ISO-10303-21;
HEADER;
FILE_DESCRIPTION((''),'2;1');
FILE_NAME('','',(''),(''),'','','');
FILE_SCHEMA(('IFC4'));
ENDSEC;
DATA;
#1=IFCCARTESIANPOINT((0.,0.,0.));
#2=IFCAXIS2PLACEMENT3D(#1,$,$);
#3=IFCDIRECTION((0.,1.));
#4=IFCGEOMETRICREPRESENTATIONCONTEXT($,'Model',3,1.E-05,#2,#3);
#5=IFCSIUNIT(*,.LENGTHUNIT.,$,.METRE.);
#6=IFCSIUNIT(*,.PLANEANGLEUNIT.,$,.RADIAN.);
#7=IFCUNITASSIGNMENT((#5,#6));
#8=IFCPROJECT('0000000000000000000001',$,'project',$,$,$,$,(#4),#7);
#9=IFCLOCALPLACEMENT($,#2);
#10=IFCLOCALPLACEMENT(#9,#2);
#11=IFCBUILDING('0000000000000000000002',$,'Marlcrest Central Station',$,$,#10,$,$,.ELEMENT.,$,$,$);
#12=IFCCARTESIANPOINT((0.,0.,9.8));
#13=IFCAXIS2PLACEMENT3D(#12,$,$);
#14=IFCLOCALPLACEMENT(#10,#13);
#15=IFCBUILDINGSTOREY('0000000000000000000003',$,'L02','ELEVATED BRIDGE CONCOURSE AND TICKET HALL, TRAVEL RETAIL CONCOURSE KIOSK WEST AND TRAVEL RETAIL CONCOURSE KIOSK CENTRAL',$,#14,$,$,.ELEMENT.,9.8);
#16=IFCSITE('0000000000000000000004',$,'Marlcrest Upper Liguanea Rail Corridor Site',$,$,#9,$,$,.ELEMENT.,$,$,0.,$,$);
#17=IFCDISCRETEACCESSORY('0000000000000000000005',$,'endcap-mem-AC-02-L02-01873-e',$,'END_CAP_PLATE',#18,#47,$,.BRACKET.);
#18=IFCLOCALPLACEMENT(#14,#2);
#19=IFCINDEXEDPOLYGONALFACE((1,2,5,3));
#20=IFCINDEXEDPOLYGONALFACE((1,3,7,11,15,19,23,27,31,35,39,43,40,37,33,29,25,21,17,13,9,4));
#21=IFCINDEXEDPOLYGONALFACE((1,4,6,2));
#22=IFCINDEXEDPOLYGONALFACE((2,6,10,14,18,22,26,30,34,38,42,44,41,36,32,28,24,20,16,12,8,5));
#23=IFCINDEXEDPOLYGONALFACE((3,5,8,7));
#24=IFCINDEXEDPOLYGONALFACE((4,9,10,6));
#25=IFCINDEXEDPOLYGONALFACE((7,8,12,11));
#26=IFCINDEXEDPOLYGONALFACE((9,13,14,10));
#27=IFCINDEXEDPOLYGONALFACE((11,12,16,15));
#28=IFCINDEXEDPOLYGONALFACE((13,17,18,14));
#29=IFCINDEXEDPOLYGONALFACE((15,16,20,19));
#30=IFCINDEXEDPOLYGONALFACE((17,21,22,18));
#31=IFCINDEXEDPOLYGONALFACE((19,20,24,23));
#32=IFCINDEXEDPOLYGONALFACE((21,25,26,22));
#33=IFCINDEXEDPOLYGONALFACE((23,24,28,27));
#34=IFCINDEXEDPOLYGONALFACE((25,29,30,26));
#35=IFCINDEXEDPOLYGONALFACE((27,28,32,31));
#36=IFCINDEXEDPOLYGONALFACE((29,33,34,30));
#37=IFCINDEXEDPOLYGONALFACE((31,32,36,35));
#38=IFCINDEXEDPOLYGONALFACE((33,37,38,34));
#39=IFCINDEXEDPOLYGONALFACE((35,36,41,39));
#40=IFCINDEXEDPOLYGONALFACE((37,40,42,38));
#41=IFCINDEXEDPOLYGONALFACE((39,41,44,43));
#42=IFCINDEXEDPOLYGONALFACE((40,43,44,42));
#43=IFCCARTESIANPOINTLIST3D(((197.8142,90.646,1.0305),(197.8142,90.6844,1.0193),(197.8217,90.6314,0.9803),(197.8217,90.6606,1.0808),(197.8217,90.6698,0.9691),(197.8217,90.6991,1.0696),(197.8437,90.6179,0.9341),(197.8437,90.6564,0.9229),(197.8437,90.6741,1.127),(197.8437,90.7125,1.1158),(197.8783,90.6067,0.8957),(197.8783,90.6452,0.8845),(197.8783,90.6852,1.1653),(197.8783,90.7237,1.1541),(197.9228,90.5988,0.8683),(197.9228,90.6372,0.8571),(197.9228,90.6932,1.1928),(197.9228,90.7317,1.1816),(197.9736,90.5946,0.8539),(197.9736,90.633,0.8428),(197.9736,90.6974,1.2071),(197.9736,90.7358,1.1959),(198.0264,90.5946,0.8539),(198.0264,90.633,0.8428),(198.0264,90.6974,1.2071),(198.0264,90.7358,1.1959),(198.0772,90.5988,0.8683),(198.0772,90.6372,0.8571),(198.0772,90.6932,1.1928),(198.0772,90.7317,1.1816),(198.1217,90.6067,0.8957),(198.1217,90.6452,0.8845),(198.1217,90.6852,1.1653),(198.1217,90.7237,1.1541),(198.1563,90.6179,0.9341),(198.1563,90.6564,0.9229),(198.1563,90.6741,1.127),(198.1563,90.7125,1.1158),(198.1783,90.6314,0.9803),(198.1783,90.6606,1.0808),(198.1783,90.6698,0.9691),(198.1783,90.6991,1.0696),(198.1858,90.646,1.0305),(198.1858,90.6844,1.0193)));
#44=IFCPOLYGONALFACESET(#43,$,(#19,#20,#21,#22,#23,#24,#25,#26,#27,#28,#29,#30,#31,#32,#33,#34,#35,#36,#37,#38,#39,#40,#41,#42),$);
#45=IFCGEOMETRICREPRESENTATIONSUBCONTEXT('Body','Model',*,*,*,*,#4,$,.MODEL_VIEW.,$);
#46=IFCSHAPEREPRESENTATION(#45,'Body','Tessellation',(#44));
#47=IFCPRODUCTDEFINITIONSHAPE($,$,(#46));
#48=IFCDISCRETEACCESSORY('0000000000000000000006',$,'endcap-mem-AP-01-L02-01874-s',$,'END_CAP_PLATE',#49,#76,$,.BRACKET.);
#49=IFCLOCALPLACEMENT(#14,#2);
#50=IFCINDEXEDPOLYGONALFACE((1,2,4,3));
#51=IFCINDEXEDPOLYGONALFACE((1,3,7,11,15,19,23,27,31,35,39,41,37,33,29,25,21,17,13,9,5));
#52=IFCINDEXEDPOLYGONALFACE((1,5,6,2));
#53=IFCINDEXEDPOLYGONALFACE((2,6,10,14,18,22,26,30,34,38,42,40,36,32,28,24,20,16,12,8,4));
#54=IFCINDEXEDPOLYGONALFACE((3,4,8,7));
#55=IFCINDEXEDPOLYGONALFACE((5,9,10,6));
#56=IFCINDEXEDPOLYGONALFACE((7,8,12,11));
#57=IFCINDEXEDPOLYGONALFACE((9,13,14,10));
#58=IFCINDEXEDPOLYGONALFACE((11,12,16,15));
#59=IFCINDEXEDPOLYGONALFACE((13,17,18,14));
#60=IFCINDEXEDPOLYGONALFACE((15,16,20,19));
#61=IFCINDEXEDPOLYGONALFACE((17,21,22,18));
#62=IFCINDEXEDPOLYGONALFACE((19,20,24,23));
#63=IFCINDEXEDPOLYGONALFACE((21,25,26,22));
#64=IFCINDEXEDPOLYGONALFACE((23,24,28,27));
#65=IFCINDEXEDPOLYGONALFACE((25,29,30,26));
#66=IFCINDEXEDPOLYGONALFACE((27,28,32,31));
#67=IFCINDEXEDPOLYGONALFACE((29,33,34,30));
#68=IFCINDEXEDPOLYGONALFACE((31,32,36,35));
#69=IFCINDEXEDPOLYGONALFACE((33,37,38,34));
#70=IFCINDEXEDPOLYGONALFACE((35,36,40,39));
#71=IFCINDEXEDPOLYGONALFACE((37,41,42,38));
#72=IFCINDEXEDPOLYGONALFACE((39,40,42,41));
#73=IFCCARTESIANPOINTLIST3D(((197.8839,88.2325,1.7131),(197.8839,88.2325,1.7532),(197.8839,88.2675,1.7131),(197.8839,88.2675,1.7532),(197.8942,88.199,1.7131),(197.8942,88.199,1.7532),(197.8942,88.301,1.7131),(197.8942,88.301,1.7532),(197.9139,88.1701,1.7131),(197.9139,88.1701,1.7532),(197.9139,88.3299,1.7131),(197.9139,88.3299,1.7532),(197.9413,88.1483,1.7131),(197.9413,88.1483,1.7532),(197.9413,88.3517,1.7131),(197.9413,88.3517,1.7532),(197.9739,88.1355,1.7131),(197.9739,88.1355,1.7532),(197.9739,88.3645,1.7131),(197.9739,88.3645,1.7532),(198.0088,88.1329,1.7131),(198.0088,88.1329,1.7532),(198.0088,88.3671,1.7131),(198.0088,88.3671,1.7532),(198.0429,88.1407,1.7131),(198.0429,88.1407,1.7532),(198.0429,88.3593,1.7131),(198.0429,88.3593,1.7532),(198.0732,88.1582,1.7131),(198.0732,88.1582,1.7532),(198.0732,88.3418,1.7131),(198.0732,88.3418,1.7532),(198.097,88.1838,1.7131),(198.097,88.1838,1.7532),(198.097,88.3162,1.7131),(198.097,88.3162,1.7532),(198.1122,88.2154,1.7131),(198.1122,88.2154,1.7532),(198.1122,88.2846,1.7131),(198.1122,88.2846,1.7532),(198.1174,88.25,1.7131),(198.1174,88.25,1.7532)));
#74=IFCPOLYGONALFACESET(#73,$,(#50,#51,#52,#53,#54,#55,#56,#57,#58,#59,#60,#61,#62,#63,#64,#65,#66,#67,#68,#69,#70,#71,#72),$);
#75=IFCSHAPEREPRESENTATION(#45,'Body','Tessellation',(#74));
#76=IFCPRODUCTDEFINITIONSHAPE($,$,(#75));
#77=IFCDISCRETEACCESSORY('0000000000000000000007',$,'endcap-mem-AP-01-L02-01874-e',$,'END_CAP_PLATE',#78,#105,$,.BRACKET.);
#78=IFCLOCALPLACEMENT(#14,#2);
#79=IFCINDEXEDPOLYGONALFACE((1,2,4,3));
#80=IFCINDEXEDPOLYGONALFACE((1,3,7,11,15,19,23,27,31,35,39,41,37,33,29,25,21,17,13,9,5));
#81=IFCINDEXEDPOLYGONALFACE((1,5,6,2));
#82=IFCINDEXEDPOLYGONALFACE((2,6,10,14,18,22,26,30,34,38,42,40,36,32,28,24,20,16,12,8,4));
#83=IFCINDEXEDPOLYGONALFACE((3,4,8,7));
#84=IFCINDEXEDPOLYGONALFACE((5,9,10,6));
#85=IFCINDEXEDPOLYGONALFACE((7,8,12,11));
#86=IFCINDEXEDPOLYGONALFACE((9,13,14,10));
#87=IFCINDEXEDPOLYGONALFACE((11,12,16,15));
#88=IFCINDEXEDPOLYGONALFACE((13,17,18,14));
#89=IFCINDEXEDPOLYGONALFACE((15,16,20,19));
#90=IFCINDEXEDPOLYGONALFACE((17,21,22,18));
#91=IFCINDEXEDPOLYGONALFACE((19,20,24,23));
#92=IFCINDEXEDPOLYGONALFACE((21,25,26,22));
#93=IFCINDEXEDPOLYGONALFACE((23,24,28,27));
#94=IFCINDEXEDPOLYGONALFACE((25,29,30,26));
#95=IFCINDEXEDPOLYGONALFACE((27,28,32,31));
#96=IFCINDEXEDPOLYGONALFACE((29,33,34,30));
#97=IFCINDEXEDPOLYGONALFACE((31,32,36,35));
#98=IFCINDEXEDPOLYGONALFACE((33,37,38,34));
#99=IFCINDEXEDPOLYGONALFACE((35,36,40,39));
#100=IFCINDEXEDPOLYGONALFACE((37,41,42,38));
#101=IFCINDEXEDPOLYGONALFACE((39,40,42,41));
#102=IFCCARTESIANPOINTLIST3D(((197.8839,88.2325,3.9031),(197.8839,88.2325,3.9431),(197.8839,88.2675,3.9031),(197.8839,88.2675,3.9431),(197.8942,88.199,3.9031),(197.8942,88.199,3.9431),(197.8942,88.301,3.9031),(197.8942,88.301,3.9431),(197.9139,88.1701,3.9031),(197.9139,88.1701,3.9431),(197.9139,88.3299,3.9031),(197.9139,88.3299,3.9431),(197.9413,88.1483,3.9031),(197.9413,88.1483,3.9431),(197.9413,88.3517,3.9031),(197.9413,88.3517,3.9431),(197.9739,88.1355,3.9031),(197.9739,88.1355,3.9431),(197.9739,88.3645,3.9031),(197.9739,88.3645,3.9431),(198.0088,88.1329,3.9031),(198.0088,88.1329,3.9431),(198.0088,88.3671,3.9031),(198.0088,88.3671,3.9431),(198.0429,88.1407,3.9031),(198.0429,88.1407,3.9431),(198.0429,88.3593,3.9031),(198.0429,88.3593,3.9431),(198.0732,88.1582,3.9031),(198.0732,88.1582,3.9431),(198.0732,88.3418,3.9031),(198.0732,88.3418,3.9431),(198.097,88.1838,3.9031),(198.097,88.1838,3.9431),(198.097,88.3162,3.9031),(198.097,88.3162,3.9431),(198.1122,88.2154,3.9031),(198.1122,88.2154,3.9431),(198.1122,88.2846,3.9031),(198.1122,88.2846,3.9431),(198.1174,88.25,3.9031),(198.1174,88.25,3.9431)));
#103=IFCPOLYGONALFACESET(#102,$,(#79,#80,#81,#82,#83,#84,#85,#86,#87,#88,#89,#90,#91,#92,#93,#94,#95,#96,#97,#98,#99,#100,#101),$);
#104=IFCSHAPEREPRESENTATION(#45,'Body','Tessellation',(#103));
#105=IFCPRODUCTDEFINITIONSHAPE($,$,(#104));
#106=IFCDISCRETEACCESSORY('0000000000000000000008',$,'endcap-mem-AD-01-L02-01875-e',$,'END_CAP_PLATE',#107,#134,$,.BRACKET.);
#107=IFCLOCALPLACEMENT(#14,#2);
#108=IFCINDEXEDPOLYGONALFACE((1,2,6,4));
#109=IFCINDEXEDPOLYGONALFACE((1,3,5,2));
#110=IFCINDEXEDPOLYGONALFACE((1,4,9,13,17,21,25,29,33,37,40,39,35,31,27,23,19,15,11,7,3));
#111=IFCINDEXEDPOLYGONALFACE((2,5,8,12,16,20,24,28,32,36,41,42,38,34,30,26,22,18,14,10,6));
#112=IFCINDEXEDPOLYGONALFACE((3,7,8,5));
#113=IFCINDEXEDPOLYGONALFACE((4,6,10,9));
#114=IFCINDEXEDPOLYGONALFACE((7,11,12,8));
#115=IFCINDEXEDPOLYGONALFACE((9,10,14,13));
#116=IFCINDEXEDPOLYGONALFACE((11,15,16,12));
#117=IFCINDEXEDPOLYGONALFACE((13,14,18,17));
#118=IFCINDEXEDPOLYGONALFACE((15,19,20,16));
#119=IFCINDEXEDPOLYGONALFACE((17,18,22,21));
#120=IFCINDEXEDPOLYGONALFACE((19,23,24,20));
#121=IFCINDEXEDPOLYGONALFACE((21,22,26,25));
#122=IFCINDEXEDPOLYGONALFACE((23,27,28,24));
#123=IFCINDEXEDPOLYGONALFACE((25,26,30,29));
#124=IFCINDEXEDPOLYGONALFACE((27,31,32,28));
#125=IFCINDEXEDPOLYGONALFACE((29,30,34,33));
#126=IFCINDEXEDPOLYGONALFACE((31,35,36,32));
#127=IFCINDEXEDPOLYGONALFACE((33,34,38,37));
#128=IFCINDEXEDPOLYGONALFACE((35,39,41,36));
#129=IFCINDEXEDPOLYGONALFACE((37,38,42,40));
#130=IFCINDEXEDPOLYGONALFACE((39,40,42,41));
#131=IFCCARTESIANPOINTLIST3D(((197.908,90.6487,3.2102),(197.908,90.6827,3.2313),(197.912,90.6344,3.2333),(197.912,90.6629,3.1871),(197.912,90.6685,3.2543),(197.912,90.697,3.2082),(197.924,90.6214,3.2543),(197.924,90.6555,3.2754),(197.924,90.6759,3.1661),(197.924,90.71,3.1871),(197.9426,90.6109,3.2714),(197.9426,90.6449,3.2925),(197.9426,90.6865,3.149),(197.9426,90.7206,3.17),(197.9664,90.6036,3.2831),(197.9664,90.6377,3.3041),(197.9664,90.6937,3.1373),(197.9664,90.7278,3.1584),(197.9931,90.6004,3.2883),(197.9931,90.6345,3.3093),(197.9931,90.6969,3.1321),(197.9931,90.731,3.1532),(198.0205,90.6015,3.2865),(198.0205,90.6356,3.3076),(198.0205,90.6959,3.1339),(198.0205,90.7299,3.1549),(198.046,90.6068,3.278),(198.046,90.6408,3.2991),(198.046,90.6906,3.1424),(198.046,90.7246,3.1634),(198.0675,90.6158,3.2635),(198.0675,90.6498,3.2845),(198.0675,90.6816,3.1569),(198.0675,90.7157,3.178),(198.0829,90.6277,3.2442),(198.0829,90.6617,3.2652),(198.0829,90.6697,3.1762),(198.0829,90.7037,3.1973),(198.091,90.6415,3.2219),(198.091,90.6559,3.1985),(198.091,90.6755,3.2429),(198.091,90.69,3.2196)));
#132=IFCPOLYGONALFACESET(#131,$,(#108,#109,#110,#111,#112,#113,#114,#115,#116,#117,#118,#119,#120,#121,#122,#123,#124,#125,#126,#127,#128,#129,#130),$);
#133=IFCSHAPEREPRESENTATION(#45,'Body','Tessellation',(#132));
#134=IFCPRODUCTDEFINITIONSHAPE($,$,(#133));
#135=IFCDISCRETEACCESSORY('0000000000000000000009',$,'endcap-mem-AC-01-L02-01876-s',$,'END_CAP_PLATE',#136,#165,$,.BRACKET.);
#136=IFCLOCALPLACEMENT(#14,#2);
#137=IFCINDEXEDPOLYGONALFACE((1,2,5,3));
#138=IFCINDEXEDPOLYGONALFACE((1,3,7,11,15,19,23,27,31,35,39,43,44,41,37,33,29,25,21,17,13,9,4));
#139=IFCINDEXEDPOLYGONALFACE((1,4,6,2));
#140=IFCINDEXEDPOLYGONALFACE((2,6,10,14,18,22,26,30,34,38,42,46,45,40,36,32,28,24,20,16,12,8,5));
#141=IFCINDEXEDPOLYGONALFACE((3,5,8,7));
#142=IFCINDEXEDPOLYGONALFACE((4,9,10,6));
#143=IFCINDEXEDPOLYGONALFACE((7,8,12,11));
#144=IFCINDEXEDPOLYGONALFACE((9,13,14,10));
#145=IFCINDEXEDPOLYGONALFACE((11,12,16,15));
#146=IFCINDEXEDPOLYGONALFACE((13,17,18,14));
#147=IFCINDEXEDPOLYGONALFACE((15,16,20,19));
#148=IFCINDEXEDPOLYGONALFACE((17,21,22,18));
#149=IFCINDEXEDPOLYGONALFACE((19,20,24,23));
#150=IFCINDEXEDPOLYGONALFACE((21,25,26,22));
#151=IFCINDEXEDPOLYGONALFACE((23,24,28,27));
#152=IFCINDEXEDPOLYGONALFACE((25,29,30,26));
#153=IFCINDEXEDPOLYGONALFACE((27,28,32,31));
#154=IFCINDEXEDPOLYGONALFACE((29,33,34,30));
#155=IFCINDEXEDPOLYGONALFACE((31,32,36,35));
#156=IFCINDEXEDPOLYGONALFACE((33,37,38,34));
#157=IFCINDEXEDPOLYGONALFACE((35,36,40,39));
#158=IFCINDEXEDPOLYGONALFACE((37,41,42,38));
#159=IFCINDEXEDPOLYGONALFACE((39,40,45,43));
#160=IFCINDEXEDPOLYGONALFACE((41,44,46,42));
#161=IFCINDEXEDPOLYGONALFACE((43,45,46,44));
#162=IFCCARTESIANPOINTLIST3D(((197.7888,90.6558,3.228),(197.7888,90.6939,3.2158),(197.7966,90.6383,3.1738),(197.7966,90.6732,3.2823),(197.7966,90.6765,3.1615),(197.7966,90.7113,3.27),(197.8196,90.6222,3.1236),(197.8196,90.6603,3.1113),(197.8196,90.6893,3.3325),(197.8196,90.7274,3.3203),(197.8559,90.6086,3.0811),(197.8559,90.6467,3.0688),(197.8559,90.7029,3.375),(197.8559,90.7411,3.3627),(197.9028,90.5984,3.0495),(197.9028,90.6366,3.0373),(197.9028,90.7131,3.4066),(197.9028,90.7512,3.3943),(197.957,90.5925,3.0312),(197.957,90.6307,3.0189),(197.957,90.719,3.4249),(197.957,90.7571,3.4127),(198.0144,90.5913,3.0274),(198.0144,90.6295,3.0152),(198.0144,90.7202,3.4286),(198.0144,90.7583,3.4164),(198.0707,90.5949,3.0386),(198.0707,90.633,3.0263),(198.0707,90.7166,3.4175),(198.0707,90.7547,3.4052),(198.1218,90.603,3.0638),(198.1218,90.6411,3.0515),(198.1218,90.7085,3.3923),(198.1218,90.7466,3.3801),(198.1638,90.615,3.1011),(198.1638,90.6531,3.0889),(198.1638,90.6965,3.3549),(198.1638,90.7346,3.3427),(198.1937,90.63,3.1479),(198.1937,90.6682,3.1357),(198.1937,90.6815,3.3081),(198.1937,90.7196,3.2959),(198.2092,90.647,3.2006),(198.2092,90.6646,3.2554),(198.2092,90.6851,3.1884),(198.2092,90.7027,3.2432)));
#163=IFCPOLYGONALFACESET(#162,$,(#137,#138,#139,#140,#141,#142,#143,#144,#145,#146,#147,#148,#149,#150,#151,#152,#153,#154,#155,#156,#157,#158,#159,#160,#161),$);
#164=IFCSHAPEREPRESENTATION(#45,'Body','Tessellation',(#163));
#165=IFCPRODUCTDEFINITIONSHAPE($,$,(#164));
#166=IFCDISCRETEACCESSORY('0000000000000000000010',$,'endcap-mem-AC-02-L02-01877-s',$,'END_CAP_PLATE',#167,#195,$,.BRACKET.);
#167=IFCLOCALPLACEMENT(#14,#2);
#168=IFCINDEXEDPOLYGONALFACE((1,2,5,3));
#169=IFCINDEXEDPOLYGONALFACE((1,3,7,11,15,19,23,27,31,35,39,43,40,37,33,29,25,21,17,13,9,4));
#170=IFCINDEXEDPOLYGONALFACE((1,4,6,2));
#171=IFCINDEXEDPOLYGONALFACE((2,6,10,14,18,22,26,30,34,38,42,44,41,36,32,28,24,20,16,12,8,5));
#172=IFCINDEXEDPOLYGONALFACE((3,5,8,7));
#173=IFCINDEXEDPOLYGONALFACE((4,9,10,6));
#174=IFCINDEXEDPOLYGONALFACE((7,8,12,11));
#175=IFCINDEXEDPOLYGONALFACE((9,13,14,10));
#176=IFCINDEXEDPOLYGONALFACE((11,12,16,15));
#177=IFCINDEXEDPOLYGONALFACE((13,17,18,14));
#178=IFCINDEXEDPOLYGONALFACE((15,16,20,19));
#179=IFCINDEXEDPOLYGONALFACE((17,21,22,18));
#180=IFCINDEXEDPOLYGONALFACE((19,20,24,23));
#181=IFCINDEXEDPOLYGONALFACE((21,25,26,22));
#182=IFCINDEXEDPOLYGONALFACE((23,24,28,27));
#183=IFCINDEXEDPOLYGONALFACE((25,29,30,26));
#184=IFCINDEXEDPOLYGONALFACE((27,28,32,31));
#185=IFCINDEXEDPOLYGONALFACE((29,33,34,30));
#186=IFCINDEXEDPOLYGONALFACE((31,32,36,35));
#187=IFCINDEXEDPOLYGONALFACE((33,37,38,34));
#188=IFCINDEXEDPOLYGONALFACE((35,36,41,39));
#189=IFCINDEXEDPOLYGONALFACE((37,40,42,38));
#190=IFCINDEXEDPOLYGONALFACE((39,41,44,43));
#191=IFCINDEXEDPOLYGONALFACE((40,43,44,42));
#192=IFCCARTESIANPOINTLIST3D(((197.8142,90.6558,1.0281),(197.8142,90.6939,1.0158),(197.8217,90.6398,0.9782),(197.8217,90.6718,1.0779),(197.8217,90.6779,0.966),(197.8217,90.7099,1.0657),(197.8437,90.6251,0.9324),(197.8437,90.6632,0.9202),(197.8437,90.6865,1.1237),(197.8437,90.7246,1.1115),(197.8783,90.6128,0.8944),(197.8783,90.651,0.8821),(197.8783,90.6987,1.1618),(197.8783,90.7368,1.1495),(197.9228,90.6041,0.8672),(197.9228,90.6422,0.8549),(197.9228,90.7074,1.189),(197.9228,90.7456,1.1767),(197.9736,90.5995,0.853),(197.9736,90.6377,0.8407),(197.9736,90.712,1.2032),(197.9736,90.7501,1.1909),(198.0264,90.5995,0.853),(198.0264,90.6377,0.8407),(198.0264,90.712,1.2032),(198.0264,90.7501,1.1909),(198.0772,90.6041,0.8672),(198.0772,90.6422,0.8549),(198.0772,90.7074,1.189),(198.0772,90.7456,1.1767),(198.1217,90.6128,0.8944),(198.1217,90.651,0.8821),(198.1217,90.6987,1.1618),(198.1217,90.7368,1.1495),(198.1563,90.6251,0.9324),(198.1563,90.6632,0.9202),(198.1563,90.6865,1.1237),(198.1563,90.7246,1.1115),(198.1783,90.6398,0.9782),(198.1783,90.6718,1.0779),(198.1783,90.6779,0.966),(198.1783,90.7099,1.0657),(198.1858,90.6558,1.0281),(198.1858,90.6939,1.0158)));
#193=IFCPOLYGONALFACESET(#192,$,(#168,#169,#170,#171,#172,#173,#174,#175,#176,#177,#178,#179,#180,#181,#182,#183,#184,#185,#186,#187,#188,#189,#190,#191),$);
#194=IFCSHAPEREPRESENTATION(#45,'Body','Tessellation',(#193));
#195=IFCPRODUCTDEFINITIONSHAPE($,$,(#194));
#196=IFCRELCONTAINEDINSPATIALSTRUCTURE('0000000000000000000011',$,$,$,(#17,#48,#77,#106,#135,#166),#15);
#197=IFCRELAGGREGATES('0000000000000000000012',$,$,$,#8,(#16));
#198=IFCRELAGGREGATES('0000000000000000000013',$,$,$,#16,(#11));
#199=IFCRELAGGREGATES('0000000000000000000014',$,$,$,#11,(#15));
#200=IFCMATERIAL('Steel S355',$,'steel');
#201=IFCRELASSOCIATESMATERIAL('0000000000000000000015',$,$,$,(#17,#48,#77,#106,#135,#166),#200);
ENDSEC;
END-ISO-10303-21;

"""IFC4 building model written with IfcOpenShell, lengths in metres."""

from ifc_helpers import new_model, si_unit, direction, frame, origin, origin_2d, place, context, subcontext, project, spatial, circle, extrude, material, element, save


model = new_model("IFC4")

# Units and contexts
model_context = context("Model", 3, precision=1e-05, world=origin(), true_north=direction((0.0, 1.0)))
body_context = subcontext(model_context, "Body", "Model", "MODEL_VIEW")
ifc_project = project(units=[si_unit("LENGTHUNIT", "METRE"), si_unit("PLANEANGLEUNIT", "RADIAN")], contexts=[model_context])

# Site, building, storey
site_placement = place(None, origin())
site = spatial("IfcSite", under=ifc_project, at=site_placement, Name="Marlcrest Upper Liguanea Rail Corridor Site", CompositionType="ELEMENT", RefElevation=0.0)
building_placement = place(site_placement, origin())
building = spatial("IfcBuilding", under=site, at=building_placement, Name="Marlcrest Central Station", CompositionType="ELEMENT")
storey_placement = place(building_placement, frame((0.0, 0.0, 9.8)))
storey = spatial("IfcBuildingStorey", under=building, at=storey_placement, Name="L02", Description="ELEVATED BRIDGE CONCOURSE AND TICKET HALL, TRAVEL RETAIL CONCOURSE KIOSK WEST AND TRAVEL RETAIL CONCOURSE KIOSK CENTRAL", CompositionType="ELEMENT", Elevation=9.8)

# Shared definitions
ifc_material_1 = material(Name="Steel S355", Category="steel")

# Discrete accessories
discrete_accessory_1_placement = place(storey_placement, frame((198.0, 90.646, 1.0305), z_axis=(0.0, 0.96013, -0.279554), x_axis=(-1.0, 0.0, 0.0)))
element("IfcDiscreteAccessory", 1, at=discrete_accessory_1_placement, inside=storey, material=ifc_material_1, Name="endcap-mem-AC-02-L02-01873-e", ObjectType="END_CAP_PLATE", PredefinedType="BRACKET", context=body_context, shape_type="SweptSolid", body=[
    extrude(circle(Radius=0.1858, at=origin_2d()), origin(), (0.0, 0.0, 1.0), 0.04),
])
for number, where, z_axis, x_axis, name in (
    (2, (198.0, 88.25, 1.7131), (0.0, 0.0, 1.0), (1.0, 0.0, 0.0), "endcap-mem-AP-01-L02-01874-s"),
    (3, (198.0, 88.25, 3.9031), (0.0, 0.0, 1.0), (1.0, 0.0, 0.0), "endcap-mem-AP-01-L02-01874-e"),
):
    element("IfcDiscreteAccessory", number, at=place(storey_placement, frame(where, z_axis=z_axis, x_axis=x_axis)), inside=storey, material=ifc_material_1, Name=name, ObjectType="END_CAP_PLATE", PredefinedType="BRACKET", context=body_context, shape_type="SweptSolid", body=[
        extrude(circle(Radius=0.1174, at=origin_2d()), origin(), (0.0, 0.0, 1.0), 0.04),
    ])
discrete_accessory_2_placement = place(storey_placement, frame((198.0, 90.6487, 3.2102), z_axis=(0.0, 0.850687, 0.525672), x_axis=(-1.0, 0.0, 0.0)))
element("IfcDiscreteAccessory", 4, at=discrete_accessory_2_placement, inside=storey, material=ifc_material_1, Name="endcap-mem-AD-01-L02-01875-e", ObjectType="END_CAP_PLATE", PredefinedType="BRACKET", context=body_context, shape_type="SweptSolid", body=[
    extrude(circle(Radius=0.092, at=origin_2d()), origin(), (0.0, 0.0, 1.0), 0.04),
])
discrete_accessory_3_placement = place(storey_placement, frame((198.0, 90.6558, 3.228), z_axis=(0.0, 0.952117, -0.305734), x_axis=(-1.0, 0.0, 0.0)))
element("IfcDiscreteAccessory", 5, at=discrete_accessory_3_placement, inside=storey, material=ifc_material_1, Name="endcap-mem-AC-01-L02-01876-s", ObjectType="END_CAP_PLATE", PredefinedType="BRACKET", context=body_context, shape_type="SweptSolid", body=[
    extrude(circle(Radius=0.2112, at=origin_2d()), origin(), (0.0, 0.0, 1.0), 0.04),
])
discrete_accessory_4_placement = place(storey_placement, frame((198.0, 90.6558, 1.0281), z_axis=(0.0, 0.952117, -0.305734), x_axis=(-1.0, 0.0, 0.0)))
element("IfcDiscreteAccessory", 6, at=discrete_accessory_4_placement, inside=storey, material=ifc_material_1, Name="endcap-mem-AC-02-L02-01877-s", ObjectType="END_CAP_PLATE", PredefinedType="BRACKET", context=body_context, shape_type="SweptSolid", body=[
    extrude(circle(Radius=0.1858, at=origin_2d()), origin(), (0.0, 0.0, 1.0), 0.04),
])

save(model, "model.ifc")
